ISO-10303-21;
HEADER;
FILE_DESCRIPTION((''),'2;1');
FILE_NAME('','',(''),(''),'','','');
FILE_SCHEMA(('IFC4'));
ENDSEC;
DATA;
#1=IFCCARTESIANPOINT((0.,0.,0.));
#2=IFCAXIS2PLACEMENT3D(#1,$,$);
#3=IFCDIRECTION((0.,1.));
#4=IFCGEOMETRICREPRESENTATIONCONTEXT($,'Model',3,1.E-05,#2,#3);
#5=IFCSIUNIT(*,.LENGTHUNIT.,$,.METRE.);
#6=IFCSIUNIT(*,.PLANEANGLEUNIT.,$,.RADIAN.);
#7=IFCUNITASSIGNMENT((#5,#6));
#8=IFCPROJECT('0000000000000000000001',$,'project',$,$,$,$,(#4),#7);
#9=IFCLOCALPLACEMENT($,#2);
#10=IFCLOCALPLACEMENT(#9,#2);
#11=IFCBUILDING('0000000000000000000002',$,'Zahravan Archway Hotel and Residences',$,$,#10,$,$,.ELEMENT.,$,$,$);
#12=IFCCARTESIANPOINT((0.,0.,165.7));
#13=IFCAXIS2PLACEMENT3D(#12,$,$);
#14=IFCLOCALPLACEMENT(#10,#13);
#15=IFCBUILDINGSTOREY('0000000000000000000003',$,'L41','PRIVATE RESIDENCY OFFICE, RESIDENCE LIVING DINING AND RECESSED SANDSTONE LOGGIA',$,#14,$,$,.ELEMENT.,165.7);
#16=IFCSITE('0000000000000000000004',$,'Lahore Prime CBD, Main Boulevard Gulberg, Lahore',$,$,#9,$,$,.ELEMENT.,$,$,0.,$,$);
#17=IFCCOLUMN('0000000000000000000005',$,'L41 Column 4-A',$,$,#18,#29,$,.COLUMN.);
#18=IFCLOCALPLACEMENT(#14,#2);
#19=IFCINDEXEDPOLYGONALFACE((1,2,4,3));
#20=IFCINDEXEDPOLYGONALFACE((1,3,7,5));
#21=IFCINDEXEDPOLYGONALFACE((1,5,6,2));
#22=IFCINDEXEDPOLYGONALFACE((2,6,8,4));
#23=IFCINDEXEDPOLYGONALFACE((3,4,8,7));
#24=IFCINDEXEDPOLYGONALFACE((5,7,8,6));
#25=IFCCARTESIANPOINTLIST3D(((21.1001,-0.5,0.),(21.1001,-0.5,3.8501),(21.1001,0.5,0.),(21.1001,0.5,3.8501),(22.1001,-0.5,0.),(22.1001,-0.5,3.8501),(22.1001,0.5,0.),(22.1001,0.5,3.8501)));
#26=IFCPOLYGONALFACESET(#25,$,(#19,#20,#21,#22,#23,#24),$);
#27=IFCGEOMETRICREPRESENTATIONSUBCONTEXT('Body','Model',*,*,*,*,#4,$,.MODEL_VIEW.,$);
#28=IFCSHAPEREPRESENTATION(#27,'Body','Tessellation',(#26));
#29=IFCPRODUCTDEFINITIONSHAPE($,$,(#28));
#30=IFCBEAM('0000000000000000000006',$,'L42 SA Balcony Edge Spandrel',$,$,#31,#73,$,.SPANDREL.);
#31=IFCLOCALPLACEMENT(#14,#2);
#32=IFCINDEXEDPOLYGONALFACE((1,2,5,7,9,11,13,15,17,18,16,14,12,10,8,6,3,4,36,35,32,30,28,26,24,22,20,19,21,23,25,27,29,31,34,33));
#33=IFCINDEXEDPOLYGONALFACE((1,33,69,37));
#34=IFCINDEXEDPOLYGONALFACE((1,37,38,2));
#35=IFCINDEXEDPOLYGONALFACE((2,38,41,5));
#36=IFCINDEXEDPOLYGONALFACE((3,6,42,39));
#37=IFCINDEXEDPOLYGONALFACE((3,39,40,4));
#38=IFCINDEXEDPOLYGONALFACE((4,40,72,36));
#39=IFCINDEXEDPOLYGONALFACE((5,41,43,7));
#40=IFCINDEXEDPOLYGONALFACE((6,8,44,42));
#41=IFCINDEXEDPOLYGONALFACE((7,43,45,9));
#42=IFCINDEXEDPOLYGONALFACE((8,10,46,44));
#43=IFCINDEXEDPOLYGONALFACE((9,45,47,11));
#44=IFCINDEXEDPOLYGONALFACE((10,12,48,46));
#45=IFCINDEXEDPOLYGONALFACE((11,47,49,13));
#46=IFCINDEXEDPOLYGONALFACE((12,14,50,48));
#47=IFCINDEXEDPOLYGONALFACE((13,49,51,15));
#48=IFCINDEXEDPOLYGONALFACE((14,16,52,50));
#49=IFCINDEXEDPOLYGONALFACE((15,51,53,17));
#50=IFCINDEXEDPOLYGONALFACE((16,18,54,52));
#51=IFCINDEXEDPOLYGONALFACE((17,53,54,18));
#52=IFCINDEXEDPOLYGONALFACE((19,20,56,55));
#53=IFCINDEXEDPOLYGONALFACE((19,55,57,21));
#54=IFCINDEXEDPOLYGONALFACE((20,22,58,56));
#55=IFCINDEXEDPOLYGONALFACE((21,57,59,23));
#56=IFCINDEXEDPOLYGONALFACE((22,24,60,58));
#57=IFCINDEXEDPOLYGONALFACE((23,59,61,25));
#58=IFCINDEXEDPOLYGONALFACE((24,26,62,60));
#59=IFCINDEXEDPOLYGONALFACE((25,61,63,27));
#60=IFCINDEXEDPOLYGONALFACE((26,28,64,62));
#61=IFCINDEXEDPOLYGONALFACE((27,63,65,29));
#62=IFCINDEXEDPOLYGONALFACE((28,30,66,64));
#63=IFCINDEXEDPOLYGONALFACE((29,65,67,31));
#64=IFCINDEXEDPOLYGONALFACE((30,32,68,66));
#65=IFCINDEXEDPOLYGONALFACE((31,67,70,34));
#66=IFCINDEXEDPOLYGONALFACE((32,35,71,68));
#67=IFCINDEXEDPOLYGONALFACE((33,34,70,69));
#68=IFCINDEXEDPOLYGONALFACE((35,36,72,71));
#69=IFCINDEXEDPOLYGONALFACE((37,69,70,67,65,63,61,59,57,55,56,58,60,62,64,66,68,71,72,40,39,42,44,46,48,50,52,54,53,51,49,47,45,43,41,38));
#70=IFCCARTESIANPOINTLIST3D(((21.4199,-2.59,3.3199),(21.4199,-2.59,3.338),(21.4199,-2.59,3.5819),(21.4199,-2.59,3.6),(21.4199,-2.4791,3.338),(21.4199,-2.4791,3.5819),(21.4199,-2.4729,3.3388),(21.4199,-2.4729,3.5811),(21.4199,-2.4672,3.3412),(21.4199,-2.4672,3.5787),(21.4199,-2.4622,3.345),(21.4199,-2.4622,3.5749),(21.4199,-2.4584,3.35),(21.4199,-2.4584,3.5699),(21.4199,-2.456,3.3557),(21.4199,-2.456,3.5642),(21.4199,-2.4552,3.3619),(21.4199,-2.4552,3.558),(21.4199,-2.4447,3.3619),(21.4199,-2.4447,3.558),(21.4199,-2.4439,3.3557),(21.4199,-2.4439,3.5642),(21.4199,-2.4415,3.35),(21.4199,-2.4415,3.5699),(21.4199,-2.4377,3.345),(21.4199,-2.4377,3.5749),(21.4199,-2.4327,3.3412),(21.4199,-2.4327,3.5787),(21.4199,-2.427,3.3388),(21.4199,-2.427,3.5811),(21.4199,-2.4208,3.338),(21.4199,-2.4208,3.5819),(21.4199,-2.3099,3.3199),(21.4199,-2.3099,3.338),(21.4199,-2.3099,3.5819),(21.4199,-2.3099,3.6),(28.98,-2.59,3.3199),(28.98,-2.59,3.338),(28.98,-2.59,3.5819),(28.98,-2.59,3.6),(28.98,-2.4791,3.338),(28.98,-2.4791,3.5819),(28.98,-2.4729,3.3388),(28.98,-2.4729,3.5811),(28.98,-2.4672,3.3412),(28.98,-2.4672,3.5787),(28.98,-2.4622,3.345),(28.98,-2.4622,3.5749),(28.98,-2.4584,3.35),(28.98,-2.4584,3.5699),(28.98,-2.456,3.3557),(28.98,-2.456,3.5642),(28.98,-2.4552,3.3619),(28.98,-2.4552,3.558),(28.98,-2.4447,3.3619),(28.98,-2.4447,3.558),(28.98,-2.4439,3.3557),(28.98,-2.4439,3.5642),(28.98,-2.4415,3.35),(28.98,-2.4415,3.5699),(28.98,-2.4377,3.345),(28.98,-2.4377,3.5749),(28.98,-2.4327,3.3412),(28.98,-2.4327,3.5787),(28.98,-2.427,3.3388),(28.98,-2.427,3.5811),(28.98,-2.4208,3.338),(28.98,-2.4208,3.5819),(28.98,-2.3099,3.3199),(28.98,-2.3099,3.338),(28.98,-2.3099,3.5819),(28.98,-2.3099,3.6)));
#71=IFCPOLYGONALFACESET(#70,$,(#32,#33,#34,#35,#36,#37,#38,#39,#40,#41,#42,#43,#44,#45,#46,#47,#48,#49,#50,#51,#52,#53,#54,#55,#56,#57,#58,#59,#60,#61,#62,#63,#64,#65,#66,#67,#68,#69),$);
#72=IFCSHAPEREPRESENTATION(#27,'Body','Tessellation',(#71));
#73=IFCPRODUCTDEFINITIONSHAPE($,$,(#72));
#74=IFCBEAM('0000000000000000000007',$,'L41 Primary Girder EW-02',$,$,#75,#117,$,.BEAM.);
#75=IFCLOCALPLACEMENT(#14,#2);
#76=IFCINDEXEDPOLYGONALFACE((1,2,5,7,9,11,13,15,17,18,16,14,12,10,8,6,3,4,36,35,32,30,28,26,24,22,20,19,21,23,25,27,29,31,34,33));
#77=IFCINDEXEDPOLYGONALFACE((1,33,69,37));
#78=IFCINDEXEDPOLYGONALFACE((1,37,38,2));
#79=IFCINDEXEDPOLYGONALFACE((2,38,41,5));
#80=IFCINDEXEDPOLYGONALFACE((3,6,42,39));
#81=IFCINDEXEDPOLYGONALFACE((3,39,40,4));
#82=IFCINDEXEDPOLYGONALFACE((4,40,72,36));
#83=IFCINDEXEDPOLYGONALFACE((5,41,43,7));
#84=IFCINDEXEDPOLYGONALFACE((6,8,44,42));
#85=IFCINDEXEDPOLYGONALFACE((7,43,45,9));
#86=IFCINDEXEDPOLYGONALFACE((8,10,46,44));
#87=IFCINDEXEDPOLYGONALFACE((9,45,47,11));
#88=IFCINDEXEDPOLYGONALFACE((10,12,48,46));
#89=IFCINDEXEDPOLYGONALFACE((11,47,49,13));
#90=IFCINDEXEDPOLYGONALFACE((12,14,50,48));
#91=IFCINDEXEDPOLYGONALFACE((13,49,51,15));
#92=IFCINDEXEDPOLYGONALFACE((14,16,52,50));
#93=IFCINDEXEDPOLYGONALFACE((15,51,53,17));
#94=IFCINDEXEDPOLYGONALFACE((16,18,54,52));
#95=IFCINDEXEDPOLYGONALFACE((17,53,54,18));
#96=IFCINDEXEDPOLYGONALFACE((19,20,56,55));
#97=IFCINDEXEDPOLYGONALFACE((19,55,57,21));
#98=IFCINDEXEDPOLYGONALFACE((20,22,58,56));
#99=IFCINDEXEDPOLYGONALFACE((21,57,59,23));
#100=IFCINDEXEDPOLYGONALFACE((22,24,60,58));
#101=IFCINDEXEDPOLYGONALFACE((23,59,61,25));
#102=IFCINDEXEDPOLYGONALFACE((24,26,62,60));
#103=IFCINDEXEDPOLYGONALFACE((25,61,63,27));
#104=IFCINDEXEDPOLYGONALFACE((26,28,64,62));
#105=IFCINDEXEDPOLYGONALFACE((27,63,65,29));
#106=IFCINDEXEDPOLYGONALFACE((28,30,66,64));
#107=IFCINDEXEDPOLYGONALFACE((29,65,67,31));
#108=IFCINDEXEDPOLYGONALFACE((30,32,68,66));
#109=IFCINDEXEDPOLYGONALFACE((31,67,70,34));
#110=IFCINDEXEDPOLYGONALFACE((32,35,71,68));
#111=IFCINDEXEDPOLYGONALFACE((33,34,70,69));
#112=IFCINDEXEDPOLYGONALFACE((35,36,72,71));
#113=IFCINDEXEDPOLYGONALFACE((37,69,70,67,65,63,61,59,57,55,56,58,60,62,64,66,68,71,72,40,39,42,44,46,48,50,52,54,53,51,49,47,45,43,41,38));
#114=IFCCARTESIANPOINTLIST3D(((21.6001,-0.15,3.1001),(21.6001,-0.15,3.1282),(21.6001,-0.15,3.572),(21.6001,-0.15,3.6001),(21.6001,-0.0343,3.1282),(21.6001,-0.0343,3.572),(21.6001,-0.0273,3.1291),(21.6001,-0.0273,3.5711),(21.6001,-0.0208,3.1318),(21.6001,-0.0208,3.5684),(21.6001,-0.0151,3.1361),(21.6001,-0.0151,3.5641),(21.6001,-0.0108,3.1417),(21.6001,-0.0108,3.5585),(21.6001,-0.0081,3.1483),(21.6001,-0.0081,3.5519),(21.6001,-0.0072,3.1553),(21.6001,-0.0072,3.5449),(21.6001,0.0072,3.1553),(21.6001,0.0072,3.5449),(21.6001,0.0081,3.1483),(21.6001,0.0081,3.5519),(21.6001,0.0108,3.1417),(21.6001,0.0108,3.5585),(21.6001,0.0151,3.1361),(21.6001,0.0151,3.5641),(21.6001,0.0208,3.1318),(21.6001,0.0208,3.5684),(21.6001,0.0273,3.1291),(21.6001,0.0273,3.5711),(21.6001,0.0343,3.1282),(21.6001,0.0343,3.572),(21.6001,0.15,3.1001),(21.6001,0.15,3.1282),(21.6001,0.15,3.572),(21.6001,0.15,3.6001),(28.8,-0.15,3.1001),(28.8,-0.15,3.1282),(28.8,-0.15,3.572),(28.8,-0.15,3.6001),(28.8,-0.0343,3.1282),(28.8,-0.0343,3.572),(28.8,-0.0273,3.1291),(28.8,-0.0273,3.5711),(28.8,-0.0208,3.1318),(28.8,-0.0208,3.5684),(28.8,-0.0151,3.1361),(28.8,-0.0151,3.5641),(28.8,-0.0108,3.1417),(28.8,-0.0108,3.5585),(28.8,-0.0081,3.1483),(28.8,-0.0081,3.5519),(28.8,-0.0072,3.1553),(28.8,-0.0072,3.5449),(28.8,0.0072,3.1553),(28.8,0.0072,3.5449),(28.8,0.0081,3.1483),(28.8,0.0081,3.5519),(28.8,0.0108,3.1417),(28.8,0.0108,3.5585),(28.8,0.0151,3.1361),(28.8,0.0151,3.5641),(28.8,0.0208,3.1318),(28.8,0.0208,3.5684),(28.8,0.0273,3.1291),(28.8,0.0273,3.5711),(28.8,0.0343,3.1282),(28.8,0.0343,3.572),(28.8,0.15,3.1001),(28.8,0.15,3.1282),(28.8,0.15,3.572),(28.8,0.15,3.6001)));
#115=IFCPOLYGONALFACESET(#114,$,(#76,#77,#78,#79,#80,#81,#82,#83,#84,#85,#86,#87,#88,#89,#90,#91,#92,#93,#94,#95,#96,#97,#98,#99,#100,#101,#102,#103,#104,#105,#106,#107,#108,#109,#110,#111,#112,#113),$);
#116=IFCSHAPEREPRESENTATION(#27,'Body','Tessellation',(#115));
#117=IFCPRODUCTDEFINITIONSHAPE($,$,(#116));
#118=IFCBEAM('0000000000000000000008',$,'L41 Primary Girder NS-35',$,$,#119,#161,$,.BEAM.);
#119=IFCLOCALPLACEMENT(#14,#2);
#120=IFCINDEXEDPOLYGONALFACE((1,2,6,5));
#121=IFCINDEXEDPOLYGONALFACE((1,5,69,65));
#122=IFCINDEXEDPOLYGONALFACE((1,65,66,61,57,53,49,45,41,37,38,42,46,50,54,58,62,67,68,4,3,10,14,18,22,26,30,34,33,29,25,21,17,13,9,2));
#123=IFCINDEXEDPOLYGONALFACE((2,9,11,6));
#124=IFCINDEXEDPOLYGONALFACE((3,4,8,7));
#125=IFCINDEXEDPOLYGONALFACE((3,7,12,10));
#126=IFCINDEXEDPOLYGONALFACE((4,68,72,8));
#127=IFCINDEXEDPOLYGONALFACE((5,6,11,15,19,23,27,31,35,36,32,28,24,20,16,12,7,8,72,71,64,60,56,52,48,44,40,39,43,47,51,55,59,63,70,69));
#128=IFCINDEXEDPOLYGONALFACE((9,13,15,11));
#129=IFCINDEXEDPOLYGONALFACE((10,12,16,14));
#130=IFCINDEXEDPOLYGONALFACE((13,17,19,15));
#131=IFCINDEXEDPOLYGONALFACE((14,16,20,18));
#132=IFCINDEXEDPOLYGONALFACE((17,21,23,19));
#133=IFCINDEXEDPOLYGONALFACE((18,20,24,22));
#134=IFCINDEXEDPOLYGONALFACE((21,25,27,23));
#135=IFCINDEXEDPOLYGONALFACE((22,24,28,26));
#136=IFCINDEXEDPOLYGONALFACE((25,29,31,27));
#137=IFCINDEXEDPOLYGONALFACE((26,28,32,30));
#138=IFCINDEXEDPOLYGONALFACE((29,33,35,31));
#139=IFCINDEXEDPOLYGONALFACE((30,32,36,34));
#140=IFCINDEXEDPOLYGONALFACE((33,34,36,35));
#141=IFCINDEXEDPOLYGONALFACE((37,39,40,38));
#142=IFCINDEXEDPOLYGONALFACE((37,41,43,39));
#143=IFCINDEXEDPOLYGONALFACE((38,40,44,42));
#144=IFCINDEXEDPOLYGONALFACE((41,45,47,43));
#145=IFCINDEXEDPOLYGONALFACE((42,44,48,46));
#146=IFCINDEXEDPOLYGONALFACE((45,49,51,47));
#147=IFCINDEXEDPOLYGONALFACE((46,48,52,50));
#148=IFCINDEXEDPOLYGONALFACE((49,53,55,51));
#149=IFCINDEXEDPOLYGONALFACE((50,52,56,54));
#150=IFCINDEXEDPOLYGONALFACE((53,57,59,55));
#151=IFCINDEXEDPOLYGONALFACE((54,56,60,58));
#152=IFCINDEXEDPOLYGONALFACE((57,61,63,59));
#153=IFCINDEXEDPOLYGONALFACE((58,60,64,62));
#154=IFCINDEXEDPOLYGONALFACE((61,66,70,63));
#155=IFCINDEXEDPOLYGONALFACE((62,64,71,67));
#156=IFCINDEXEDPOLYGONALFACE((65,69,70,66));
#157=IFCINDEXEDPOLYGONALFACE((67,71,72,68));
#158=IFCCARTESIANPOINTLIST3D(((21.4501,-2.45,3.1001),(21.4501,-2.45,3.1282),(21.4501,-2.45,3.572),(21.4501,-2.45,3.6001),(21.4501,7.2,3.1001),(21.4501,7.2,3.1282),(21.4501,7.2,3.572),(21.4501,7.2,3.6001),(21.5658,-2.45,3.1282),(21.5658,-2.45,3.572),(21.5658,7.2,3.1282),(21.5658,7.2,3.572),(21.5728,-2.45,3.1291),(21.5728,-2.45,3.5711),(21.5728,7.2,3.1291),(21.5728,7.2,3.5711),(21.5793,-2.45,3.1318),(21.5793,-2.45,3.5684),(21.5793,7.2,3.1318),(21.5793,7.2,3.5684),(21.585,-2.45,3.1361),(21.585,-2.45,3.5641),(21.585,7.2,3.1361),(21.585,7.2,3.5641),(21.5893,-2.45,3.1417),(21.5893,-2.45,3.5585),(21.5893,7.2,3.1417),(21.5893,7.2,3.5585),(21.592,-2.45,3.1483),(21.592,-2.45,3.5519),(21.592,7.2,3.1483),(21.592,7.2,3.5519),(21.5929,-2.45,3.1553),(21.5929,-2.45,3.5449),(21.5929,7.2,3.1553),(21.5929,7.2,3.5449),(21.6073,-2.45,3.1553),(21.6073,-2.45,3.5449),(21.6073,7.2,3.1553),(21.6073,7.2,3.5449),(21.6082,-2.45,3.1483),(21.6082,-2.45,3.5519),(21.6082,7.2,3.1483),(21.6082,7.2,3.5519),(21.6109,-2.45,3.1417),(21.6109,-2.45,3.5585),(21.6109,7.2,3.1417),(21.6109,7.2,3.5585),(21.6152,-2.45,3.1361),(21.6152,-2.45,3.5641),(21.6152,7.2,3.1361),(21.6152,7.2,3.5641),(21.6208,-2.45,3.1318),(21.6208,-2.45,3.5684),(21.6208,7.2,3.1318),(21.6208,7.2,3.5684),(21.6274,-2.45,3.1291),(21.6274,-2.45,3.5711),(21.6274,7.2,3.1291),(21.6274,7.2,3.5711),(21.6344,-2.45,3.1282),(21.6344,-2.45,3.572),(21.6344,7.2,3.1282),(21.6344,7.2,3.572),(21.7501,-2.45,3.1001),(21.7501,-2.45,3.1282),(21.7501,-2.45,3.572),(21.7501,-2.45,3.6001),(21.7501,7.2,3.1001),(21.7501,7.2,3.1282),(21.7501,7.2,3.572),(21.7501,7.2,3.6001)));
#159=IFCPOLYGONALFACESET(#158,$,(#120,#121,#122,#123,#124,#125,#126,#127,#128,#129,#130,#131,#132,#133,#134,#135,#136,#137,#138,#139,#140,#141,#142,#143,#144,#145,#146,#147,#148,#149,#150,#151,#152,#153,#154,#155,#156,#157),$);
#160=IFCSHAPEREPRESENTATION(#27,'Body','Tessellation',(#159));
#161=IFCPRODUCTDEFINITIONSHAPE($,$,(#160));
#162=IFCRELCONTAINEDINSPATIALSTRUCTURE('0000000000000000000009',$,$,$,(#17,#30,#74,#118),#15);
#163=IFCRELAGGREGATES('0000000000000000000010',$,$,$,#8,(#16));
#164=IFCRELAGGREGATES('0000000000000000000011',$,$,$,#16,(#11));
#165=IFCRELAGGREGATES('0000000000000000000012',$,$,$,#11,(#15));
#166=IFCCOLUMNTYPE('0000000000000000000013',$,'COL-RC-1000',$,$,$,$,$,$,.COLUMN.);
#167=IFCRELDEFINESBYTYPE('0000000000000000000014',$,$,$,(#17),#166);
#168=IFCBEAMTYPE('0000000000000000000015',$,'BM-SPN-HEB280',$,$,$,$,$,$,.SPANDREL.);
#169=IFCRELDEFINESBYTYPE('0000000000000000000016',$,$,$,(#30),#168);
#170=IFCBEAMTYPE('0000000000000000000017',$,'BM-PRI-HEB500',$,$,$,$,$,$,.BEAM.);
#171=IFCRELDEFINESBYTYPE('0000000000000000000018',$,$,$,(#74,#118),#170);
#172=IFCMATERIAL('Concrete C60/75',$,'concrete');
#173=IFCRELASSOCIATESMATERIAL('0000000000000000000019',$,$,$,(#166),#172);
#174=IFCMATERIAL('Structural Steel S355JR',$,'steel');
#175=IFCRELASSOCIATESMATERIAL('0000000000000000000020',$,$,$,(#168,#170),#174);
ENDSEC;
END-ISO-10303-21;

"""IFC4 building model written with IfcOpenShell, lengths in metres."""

from ifc_helpers import new_model, si_unit, direction, frame, origin, origin_2d, place, context, subcontext, project, spatial, rectangle, i_section, extrude, source, transform, mapped, material, material_profile, profile_set, type_object, type_shapes, element, save


model = new_model("IFC4")

# Units and contexts
model_context = context("Model", 3, precision=1e-05, world=origin(), true_north=direction((0.0, 1.0)))
body_context = subcontext(model_context, "Body", "Model", "MODEL_VIEW")
ifc_project = project(units=[si_unit("LENGTHUNIT", "METRE"), si_unit("PLANEANGLEUNIT", "RADIAN")], contexts=[model_context])

# Site, building, storey
site_placement = place(None, origin())
site = spatial("IfcSite", under=ifc_project, at=site_placement, Name="Lahore Prime CBD, Main Boulevard Gulberg, Lahore", CompositionType="ELEMENT", RefElevation=0.0)
building_placement = place(site_placement, origin())
building = spatial("IfcBuilding", under=site, at=building_placement, Name="Zahravan Archway Hotel and Residences", CompositionType="ELEMENT")
storey_placement = place(building_placement, frame((0.0, 0.0, 165.7)))
storey = spatial("IfcBuildingStorey", under=building, at=storey_placement, Name="L41", Description="PRIVATE RESIDENCY OFFICE, RESIDENCE LIVING DINING AND RECESSED SANDSTONE LOGGIA", CompositionType="ELEMENT", Elevation=165.7)

# Column
ifc_material_1 = material(Name="Concrete C60/75", Category="concrete")
ifc_material_profile_1 = material_profile(ifc_material_1, rectangle(XDim=1.0, YDim=1.0, at=origin_2d()), Name="RC-COL-1000x1000", Category="concrete")
ifc_profile_set_1 = profile_set([ifc_material_profile_1], Name="Concrete C60/75")
column_type = type_object("IfcColumnType", Name="COL-RC-1000", PredefinedType="COLUMN", material=ifc_profile_set_1)
shared_shape_1 = source(origin(), body_context, "Body", "SweptSolid", [
    extrude(rectangle(XDim=1.0, YDim=1.0, at=origin_2d()), origin(), (0.0, 0.0, 1.0), 3.8501),
])
column_placement = place(storey_placement, frame((21.6001, 0.0, 0.0), z_axis=(0.0, 0.0, 1.0), x_axis=(1.0, 0.0, 0.0)))
element("IfcColumn", 1, at=column_placement, inside=storey, type_object=column_type, Name="L41 Column 4-A", PredefinedType="COLUMN", context=body_context, shape_type="MappedRepresentation", body=[
    mapped(shared_shape_1, transform((0.0, 0.0, 0.0), scale=1.0)),
])

# Beams
ifc_material_2 = material(Name="Structural Steel S355JR", Category="steel")
ifc_material_profile_2 = material_profile(ifc_material_2, i_section(OverallWidth=0.28, OverallDepth=0.28, WebThickness=0.0105, FlangeThickness=0.0181, FilletRadius=0.0239, at=origin_2d()), Name="HEB 280", Category="steel")
ifc_profile_set_2 = profile_set([ifc_material_profile_2], Name="Structural Steel S355JR")
beam_type_1 = type_object("IfcBeamType", Name="BM-SPN-HEB280", PredefinedType="SPANDREL", material=ifc_profile_set_2)
shared_shape_2 = source(origin(), body_context, "Body", "SweptSolid", [
    extrude(i_section(OverallWidth=0.28, OverallDepth=0.28, WebThickness=0.0105, FlangeThickness=0.0181, FilletRadius=0.0239, at=origin_2d()), origin(), (0.0, 0.0, 1.0), 7.5601),
])
type_shapes(beam_type_1, [shared_shape_2])
beam_1_placement = place(storey_placement, frame((21.4199, -2.45, 3.46), z_axis=(1.0, 0.0, 0.0), x_axis=(0.0, 1.0, 0.0)))
element("IfcBeam", 2, at=beam_1_placement, inside=storey, type_object=beam_type_1, Name="L42 SA Balcony Edge Spandrel", PredefinedType="SPANDREL", context=body_context, shape_type="MappedRepresentation", body=[
    mapped(shared_shape_2, transform((0.0, 0.0, 0.0), scale=1.0)),
])
ifc_material_profile_3 = material_profile(ifc_material_2, i_section(OverallWidth=0.3, OverallDepth=0.5, WebThickness=0.0144, FlangeThickness=0.0281, FilletRadius=0.0271, at=origin_2d()), Name="HEB 500", Category="steel")
ifc_profile_set_3 = profile_set([ifc_material_profile_3], Name="Structural Steel S355JR")
beam_type_2 = type_object("IfcBeamType", Name="BM-PRI-HEB500", PredefinedType="BEAM", material=ifc_profile_set_3)
shared_shape_3 = source(origin(), body_context, "Body", "SweptSolid", [
    extrude(i_section(OverallWidth=0.3, OverallDepth=0.5, WebThickness=0.0144, FlangeThickness=0.0281, FilletRadius=0.0271, at=origin_2d()), origin(), (0.0, 0.0, 1.0), 7.2),
])
beam_2_placement = place(storey_placement, frame((21.6001, 0.0, 3.3501), z_axis=(1.0, 0.0, 0.0), x_axis=(0.0, 1.0, 0.0)))
element("IfcBeam", 3, at=beam_2_placement, inside=storey, type_object=beam_type_2, Name="L41 Primary Girder EW-02", PredefinedType="BEAM", context=body_context, shape_type="MappedRepresentation", body=[
    mapped(shared_shape_3, transform((0.0, 0.0, 0.0), scale=1.0)),
])
shared_shape_4 = source(origin(), body_context, "Body", "SweptSolid", [
    extrude(i_section(OverallWidth=0.3, OverallDepth=0.5, WebThickness=0.0144, FlangeThickness=0.0281, FilletRadius=0.0271, at=origin_2d()), origin(), (0.0, 0.0, 1.0), 9.6499),
])
beam_3_placement = place(storey_placement, frame((21.6001, -2.45, 3.3501), z_axis=(0.0, 1.0, 0.0), x_axis=(-1.0, 0.0, 0.0)))
element("IfcBeam", 4, at=beam_3_placement, inside=storey, type_object=beam_type_2, Name="L41 Primary Girder NS-35", PredefinedType="BEAM", context=body_context, shape_type="MappedRepresentation", body=[
    mapped(shared_shape_4, transform((0.0, 0.0, 0.0), scale=1.0)),
])

save(model, "model.ifc")
